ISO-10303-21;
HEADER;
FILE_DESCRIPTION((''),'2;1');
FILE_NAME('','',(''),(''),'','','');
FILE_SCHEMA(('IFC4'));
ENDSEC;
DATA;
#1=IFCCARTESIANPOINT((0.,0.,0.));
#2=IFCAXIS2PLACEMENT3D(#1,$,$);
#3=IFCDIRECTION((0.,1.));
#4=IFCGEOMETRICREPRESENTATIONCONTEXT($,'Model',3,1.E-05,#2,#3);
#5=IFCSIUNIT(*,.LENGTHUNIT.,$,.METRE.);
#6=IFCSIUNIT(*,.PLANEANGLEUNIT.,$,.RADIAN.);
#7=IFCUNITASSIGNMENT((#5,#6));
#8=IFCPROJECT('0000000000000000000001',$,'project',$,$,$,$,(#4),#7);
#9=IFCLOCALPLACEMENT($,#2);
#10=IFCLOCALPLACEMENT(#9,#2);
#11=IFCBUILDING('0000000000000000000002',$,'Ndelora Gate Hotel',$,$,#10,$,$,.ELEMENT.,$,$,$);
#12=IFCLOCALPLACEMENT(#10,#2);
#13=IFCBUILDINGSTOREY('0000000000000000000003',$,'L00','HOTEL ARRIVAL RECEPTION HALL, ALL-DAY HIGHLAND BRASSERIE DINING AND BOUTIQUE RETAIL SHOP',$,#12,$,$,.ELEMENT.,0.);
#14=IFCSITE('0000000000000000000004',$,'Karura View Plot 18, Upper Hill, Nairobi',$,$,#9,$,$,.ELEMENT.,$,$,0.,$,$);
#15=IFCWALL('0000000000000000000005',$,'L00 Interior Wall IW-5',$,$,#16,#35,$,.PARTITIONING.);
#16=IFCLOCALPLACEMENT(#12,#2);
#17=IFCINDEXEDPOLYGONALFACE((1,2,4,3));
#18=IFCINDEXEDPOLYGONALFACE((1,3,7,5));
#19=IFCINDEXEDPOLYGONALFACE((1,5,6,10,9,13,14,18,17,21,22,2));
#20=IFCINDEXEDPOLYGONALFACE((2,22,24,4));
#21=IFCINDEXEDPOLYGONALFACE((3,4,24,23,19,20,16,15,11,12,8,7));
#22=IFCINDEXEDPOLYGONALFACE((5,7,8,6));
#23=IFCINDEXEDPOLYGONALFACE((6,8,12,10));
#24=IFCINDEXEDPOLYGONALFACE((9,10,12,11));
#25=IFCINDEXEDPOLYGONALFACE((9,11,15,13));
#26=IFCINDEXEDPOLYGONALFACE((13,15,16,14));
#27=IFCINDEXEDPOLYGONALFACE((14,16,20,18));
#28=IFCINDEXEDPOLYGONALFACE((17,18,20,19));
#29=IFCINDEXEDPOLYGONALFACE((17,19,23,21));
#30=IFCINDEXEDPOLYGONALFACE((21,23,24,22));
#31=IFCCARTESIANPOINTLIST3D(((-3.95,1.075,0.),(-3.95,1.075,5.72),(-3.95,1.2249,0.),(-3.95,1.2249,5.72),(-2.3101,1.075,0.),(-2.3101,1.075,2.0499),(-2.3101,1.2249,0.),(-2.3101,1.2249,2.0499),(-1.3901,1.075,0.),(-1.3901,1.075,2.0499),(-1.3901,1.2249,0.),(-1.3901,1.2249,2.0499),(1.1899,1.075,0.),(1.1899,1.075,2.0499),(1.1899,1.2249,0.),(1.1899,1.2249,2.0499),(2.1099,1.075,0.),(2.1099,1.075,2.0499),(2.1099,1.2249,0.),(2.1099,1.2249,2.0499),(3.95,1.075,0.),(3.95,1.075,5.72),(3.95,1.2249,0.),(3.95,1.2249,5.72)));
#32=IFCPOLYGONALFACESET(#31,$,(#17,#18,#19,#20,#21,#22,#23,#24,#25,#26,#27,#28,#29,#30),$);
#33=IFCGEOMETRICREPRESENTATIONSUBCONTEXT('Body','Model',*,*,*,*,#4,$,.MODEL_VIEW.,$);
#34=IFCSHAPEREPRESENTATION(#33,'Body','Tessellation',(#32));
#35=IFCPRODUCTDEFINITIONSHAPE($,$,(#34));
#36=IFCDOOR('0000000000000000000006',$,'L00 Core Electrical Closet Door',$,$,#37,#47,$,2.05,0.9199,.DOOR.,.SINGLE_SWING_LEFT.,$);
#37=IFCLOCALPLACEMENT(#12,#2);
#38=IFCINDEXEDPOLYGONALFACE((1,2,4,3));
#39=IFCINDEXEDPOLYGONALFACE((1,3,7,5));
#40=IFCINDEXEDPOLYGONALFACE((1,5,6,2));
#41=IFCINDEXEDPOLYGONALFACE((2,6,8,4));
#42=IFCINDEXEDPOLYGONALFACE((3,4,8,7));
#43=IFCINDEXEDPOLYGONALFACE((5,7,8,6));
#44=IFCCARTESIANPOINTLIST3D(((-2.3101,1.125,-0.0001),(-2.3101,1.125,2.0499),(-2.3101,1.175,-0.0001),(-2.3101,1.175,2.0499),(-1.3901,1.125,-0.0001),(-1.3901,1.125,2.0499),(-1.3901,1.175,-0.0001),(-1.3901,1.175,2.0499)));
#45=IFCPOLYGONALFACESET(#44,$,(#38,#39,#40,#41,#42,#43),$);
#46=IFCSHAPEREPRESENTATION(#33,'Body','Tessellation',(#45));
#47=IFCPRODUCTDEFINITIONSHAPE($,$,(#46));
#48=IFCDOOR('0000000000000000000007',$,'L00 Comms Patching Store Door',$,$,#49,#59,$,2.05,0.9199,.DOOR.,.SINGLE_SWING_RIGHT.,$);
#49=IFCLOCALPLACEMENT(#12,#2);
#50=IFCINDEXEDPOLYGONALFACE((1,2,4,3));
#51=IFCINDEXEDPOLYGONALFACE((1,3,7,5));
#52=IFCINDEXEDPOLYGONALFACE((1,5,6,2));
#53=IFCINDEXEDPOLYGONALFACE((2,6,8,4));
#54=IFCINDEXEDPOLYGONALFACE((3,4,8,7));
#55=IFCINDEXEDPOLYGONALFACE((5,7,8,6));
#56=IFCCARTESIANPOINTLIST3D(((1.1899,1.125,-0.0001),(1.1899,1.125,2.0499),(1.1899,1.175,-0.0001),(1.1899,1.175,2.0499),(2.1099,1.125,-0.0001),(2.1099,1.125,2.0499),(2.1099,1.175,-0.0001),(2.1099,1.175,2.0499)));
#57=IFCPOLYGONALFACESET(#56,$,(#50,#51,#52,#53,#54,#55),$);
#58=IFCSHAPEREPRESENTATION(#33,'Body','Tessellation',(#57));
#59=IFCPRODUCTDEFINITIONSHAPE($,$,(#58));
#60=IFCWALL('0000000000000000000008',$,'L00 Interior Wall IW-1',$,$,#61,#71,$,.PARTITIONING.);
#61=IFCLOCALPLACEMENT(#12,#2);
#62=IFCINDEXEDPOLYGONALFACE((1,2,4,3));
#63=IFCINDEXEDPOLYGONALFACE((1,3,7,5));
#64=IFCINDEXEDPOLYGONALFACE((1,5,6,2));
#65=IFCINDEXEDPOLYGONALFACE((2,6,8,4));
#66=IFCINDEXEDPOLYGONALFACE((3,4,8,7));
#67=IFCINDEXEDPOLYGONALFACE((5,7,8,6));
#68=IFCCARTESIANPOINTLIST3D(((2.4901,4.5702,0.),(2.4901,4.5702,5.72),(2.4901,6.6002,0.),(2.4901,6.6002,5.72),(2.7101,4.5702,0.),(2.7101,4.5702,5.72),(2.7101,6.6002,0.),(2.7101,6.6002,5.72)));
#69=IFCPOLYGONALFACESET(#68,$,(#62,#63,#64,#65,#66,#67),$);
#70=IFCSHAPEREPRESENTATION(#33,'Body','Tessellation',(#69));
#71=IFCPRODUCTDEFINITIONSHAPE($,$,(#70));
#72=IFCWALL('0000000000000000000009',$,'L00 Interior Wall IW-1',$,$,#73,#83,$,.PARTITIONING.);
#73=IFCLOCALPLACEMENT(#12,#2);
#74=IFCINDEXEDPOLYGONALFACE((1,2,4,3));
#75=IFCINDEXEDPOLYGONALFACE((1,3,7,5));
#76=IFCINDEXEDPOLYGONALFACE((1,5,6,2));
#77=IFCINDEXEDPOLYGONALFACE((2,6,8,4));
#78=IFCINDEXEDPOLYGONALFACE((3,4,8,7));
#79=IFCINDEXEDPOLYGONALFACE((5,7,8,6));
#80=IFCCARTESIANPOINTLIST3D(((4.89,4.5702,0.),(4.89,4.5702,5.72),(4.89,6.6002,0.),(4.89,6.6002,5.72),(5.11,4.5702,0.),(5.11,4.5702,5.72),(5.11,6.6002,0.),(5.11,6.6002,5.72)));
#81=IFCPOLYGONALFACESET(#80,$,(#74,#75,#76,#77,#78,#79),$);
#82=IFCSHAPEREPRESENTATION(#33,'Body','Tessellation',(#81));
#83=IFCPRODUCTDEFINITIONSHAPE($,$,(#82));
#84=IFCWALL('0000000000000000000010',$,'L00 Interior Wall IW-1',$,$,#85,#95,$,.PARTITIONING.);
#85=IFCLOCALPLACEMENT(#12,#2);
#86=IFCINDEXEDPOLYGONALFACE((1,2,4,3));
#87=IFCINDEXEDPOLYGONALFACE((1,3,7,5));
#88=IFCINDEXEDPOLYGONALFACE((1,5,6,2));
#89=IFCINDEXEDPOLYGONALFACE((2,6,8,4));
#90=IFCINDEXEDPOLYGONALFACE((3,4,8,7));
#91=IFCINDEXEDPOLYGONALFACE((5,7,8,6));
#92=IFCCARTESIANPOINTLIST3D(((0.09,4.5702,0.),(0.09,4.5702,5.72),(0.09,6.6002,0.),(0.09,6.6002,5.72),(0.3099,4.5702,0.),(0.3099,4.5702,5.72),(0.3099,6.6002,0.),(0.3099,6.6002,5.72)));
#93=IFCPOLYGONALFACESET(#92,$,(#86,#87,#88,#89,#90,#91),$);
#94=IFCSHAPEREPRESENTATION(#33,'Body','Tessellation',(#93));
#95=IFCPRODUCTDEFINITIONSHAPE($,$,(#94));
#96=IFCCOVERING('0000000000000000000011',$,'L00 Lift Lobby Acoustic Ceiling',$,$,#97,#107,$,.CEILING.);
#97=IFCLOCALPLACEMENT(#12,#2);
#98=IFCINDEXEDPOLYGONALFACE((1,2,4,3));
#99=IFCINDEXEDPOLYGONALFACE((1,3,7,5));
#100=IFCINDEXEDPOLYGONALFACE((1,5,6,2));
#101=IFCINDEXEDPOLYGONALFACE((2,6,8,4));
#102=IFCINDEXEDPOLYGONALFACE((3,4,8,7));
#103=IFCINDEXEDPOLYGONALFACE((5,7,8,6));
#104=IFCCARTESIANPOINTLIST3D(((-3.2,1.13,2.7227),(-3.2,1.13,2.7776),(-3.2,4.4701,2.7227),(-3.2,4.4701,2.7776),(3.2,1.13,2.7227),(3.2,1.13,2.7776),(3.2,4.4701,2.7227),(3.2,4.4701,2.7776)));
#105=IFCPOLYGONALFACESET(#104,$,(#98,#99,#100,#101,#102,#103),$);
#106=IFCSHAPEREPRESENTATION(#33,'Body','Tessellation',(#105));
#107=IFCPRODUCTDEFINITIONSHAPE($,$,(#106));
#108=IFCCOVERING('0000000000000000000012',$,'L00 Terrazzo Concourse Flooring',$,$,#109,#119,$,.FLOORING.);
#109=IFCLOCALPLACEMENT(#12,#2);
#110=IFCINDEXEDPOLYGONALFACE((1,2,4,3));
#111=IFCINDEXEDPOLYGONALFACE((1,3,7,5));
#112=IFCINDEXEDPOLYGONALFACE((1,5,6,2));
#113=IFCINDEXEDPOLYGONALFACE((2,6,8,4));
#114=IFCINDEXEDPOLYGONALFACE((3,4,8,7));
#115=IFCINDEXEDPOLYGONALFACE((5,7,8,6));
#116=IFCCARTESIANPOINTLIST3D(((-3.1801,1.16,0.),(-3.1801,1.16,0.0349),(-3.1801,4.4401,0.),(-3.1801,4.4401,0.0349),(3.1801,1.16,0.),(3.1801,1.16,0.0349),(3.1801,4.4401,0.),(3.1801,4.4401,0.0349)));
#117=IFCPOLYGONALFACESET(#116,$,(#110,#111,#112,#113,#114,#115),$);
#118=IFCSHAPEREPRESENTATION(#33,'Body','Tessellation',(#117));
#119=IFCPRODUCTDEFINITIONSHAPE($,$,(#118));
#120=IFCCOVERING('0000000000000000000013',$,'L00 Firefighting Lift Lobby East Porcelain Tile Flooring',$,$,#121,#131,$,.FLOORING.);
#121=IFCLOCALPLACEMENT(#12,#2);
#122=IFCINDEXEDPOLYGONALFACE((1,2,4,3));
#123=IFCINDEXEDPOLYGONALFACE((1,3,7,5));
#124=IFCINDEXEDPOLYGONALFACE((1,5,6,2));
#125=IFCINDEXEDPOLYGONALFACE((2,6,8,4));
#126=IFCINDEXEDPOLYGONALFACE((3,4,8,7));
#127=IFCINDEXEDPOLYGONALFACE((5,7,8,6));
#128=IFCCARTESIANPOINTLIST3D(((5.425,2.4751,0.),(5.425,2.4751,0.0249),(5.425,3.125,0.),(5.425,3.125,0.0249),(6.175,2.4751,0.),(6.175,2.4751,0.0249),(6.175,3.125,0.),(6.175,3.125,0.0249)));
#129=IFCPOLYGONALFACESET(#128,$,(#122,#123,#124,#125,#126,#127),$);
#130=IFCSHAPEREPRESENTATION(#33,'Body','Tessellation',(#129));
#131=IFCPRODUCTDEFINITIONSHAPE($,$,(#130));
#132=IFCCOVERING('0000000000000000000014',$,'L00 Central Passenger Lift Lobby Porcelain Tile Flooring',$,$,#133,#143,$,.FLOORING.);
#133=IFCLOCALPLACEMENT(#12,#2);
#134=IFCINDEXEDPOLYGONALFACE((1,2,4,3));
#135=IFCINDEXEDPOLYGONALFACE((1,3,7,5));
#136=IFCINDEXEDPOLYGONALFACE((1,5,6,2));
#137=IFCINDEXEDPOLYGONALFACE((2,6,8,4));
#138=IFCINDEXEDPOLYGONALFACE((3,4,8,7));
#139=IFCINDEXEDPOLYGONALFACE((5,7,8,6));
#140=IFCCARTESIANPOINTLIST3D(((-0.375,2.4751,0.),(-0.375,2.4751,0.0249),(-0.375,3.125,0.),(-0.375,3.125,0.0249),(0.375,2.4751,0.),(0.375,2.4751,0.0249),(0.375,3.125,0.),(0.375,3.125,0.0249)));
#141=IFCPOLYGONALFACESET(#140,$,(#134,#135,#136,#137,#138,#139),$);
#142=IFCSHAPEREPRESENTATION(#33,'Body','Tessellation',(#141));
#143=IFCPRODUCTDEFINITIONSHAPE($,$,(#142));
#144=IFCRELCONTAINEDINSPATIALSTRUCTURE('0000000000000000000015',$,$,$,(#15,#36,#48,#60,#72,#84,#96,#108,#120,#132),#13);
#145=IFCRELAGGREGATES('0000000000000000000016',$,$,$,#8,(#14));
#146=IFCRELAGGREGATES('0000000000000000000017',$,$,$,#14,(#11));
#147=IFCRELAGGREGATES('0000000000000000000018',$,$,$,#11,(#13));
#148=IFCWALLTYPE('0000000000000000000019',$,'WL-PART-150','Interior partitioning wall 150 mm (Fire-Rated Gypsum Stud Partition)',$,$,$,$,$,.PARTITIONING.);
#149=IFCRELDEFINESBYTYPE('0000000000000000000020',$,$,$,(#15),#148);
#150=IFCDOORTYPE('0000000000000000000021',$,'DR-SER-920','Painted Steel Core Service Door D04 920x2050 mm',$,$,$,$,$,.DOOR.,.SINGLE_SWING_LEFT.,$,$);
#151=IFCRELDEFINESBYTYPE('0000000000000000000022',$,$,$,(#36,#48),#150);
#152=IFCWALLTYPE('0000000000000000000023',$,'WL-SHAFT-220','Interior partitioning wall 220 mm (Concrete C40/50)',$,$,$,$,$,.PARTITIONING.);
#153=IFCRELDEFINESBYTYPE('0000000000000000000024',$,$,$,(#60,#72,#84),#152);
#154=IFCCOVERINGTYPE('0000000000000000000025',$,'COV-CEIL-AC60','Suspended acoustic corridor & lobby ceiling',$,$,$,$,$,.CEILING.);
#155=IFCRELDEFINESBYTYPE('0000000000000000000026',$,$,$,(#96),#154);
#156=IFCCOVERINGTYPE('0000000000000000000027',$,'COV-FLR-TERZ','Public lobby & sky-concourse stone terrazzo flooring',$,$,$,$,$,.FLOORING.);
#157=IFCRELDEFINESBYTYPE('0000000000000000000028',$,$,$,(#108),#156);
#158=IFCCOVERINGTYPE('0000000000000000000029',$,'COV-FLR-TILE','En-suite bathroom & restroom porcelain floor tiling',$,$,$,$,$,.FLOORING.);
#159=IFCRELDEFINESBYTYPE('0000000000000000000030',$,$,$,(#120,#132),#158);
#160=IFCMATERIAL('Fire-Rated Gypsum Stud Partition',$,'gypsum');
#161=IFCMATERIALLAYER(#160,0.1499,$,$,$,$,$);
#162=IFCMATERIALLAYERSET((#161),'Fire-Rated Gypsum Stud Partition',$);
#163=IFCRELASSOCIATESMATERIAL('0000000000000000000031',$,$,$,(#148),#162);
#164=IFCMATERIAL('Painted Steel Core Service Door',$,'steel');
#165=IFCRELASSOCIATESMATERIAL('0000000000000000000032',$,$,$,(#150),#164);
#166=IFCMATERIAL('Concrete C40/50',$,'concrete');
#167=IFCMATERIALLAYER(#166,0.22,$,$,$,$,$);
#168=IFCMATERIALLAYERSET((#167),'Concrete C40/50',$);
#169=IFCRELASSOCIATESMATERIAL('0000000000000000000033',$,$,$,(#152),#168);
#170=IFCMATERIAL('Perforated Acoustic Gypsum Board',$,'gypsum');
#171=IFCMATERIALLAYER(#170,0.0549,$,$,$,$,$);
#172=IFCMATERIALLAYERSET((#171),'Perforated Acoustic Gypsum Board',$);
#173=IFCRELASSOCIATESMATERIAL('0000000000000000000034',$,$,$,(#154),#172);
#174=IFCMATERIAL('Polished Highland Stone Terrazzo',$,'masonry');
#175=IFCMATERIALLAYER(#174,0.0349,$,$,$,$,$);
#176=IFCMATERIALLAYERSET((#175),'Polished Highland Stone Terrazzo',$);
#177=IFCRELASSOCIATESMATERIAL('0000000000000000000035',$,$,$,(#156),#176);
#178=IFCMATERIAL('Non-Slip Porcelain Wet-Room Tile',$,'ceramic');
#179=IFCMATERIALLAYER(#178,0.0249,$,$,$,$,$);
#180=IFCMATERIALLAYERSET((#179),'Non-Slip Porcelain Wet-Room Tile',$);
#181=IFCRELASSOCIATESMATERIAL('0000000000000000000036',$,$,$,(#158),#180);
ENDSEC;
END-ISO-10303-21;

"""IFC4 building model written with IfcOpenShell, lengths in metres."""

from ifc_helpers import new_model, si_unit, direction, frame, frame_2d, origin, origin_2d, place, context, subcontext, project, spatial, rectangle, extrude, material, layer, layer_set, type_object, element, fill, save


model = new_model("IFC4")

# Units and contexts
model_context = context("Model", 3, precision=1e-05, world=origin(), true_north=direction((0.0, 1.0)))
body_context = subcontext(model_context, "Body", "Model", "MODEL_VIEW")
ifc_project = project(units=[si_unit("LENGTHUNIT", "METRE"), si_unit("PLANEANGLEUNIT", "RADIAN")], contexts=[model_context])

# Site, building, storey
site_placement = place(None, origin())
site = spatial("IfcSite", under=ifc_project, at=site_placement, Name="Karura View Plot 18, Upper Hill, Nairobi", CompositionType="ELEMENT", RefElevation=0.0)
building_placement = place(site_placement, origin())
building = spatial("IfcBuilding", under=site, at=building_placement, Name="Ndelora Gate Hotel", CompositionType="ELEMENT")
storey_placement = place(building_placement, origin())
storey = spatial("IfcBuildingStorey", under=building, at=storey_placement, Name="L00", Description="HOTEL ARRIVAL RECEPTION HALL, ALL-DAY HIGHLAND BRASSERIE DINING AND BOUTIQUE RETAIL SHOP", CompositionType="ELEMENT", Elevation=0.0)

# Shared definitions
ifc_material_1 = material(Name="Concrete C40/50", Category="concrete")

# Wall, openings, doors
ifc_material_2 = material(Name="Fire-Rated Gypsum Stud Partition", Category="gypsum")
ifc_layer_1 = layer(ifc_material_2, 0.1499)
ifc_layer_set_1 = layer_set([ifc_layer_1], Name="Fire-Rated Gypsum Stud Partition")
wall_type_1 = type_object("IfcWallType", Name="WL-PART-150", Description="Interior partitioning wall 150 mm (Fire-Rated Gypsum Stud Partition)", PredefinedType="PARTITIONING", material=ifc_layer_set_1)
wall_1_placement = place(storey_placement, frame((3.95, 1.1499, 0.0), z_axis=(0.0, 0.0, 1.0), x_axis=(-1.0, 0.0, 0.0)))
wall_1 = element("IfcWall", 1, at=wall_1_placement, inside=storey, type_object=wall_type_1, Name="L00 Interior Wall IW-5", PredefinedType="PARTITIONING", context=body_context, shape_type="SweptSolid", body=[
    extrude(rectangle(XDim=7.8999, YDim=0.1499, at=frame_2d((3.95, 0.0))), origin(), (0.0, 0.0, 1.0), 5.72),
])
opening_1_placement = place(wall_1_placement, frame((5.3401, 0.0, 0.0)))
opening_1 = element("IfcOpeningElement", 2, at=opening_1_placement, cuts=wall_1, PredefinedType="OPENING", context=body_context, shape_type="SweptSolid", body=[
    extrude(rectangle(XDim=0.9199, YDim=2.05, at=frame_2d((0.46, 1.0249))), frame((0.0, 0.085, 0.0), z_axis=(0.0, -1.0, 0.0), x_axis=(1.0, 0.0, 0.0)), (0.0, 0.0, 1.0), 0.1699),
])
opening_2_placement = place(wall_1_placement, frame((1.8401, 0.0, 0.0)))
opening_2 = element("IfcOpeningElement", 3, at=opening_2_placement, cuts=wall_1, PredefinedType="OPENING", context=body_context, shape_type="SweptSolid", body=[
    extrude(rectangle(XDim=0.9199, YDim=2.05, at=frame_2d((0.46, 1.0249))), frame((0.0, 0.085, 0.0), z_axis=(0.0, -1.0, 0.0), x_axis=(1.0, 0.0, 0.0)), (0.0, 0.0, 1.0), 0.1699),
])
ifc_material_3 = material(Name="Painted Steel Core Service Door", Category="steel")
door_type_1 = type_object("IfcDoorType", Name="DR-SER-920", Description="Painted Steel Core Service Door D04 920x2050 mm", OperationType="SINGLE_SWING_LEFT", PredefinedType="DOOR", material=ifc_material_3)
door_1_placement = place(opening_1_placement, origin())
door_1 = element("IfcDoor", 4, at=door_1_placement, inside=storey, type_object=door_type_1, Name="L00 Core Electrical Closet Door", OperationType="SINGLE_SWING_LEFT", OverallHeight=2.05, OverallWidth=0.9199, PredefinedType="DOOR", context=body_context, shape_type="SweptSolid", body=[
    extrude(rectangle(XDim=0.9199, YDim=2.05, at=frame_2d((0.46, 1.0249))), frame((0.0, 0.0249, 0.0), z_axis=(0.0, -1.0, 0.0), x_axis=(1.0, 0.0, 0.0)), (0.0, 0.0, 1.0), 0.05),
])
fill(opening_1, door_1)
door_2_placement = place(opening_2_placement, origin())
door_2 = element("IfcDoor", 5, at=door_2_placement, inside=storey, type_object=door_type_1, Name="L00 Comms Patching Store Door", OperationType="SINGLE_SWING_RIGHT", OverallHeight=2.05, OverallWidth=0.9199, PredefinedType="DOOR", context=body_context, shape_type="SweptSolid", body=[
    extrude(rectangle(XDim=0.9199, YDim=2.05, at=frame_2d((0.46, 1.0249))), frame((0.0, 0.0249, 0.0), z_axis=(0.0, -1.0, 0.0), x_axis=(1.0, 0.0, 0.0)), (0.0, 0.0, 1.0), 0.05),
])
fill(opening_2, door_2)

# Shared definitions
ifc_layer_2 = layer(ifc_material_1, 0.22)
ifc_layer_set_2 = layer_set([ifc_layer_2], Name="Concrete C40/50")
wall_type_2 = type_object("IfcWallType", Name="WL-SHAFT-220", Description="Interior partitioning wall 220 mm (Concrete C40/50)", PredefinedType="PARTITIONING", material=ifc_layer_set_2)

# Walls
for number, where, z_axis, x_axis, name in (
    (6, (2.6001, 4.5701, 0.0), (0.0, 0.0, 1.0), (0.0, 1.0, 0.0), "L00 Interior Wall IW-1"),
    (7, (5.0, 4.5701, 0.0), (0.0, 0.0, 1.0), (0.0, 1.0, 0.0), "L00 Interior Wall IW-1"),
):
    element("IfcWall", number, at=place(storey_placement, frame(where, z_axis=z_axis, x_axis=x_axis)), inside=storey, type_object=wall_type_2, Name=name, PredefinedType="PARTITIONING", context=body_context, shape_type="SweptSolid", body=[
        extrude(rectangle(XDim=2.03, YDim=0.22, at=frame_2d((1.0151, 0.0))), origin(), (0.0, 0.0, 1.0), 5.72),
    ])

# Wall
wall_2_placement = place(storey_placement, frame((0.2, 4.5701, 0.0), z_axis=(0.0, 0.0, 1.0), x_axis=(0.0, 1.0, 0.0)))
element("IfcWall", 8, at=wall_2_placement, inside=storey, type_object=wall_type_2, Name="L00 Interior Wall IW-1", PredefinedType="PARTITIONING", context=body_context, shape_type="SweptSolid", body=[
    extrude(rectangle(XDim=2.03, YDim=0.22, at=frame_2d((1.0151, 0.0))), origin(), (0.0, 0.0, 1.0), 5.72),
])

# Coverings
ifc_material_4 = material(Name="Perforated Acoustic Gypsum Board", Category="gypsum")
ifc_layer_3 = layer(ifc_material_4, 0.0549)
ifc_layer_set_3 = layer_set([ifc_layer_3], Name="Perforated Acoustic Gypsum Board")
covering_type_1 = type_object("IfcCoveringType", Name="COV-CEIL-AC60", Description="Suspended acoustic corridor & lobby ceiling", PredefinedType="CEILING", material=ifc_layer_set_3)
covering_1_placement = place(storey_placement, frame((0.0, 2.8, 2.7227), z_axis=(0.0, 0.0, 1.0), x_axis=(1.0, 0.0, 0.0)))
element("IfcCovering", 9, at=covering_1_placement, inside=storey, type_object=covering_type_1, Name="L00 Lift Lobby Acoustic Ceiling", PredefinedType="CEILING", context=body_context, shape_type="SweptSolid", body=[
    extrude(rectangle(XDim=6.3999, YDim=3.3401, at=origin_2d()), origin(), (0.0, 0.0, 1.0), 0.0549),
])
ifc_material_5 = material(Name="Polished Highland Stone Terrazzo", Category="masonry")
ifc_layer_4 = layer(ifc_material_5, 0.0349)
ifc_layer_set_4 = layer_set([ifc_layer_4], Name="Polished Highland Stone Terrazzo")
covering_type_2 = type_object("IfcCoveringType", Name="COV-FLR-TERZ", Description="Public lobby & sky-concourse stone terrazzo flooring", PredefinedType="FLOORING", material=ifc_layer_set_4)
covering_2_placement = place(storey_placement, frame((0.0, 2.8, 0.0), z_axis=(0.0, 0.0, 1.0), x_axis=(1.0, 0.0, 0.0)))
element("IfcCovering", 10, at=covering_2_placement, inside=storey, type_object=covering_type_2, Name="L00 Terrazzo Concourse Flooring", PredefinedType="FLOORING", context=body_context, shape_type="SweptSolid", body=[
    extrude(rectangle(XDim=6.3601, YDim=3.28, at=origin_2d()), origin(), (0.0, 0.0, 1.0), 0.0349),
])
ifc_material_6 = material(Name="Non-Slip Porcelain Wet-Room Tile", Category="ceramic")
ifc_layer_5 = layer(ifc_material_6, 0.0249)
ifc_layer_set_5 = layer_set([ifc_layer_5], Name="Non-Slip Porcelain Wet-Room Tile")
covering_type_3 = type_object("IfcCoveringType", Name="COV-FLR-TILE", Description="En-suite bathroom & restroom porcelain floor tiling", PredefinedType="FLOORING", material=ifc_layer_set_5)
for number, where, z_axis, x_axis, name in (
    (11, (5.8, 2.8, 0.0), (0.0, 0.0, 1.0), (1.0, 0.0, 0.0), "L00 Firefighting Lift Lobby East Porcelain Tile Flooring"),
    (12, (0.0, 2.8, 0.0), (0.0, 0.0, 1.0), (1.0, 0.0, 0.0), "L00 Central Passenger Lift Lobby Porcelain Tile Flooring"),
):
    element("IfcCovering", number, at=place(storey_placement, frame(where, z_axis=z_axis, x_axis=x_axis)), inside=storey, type_object=covering_type_3, Name=name, PredefinedType="FLOORING", context=body_context, shape_type="SweptSolid", body=[
        extrude(rectangle(XDim=0.75, YDim=0.6499, at=origin_2d()), origin(), (0.0, 0.0, 1.0), 0.0249),
    ])

save(model, "model.ifc")
